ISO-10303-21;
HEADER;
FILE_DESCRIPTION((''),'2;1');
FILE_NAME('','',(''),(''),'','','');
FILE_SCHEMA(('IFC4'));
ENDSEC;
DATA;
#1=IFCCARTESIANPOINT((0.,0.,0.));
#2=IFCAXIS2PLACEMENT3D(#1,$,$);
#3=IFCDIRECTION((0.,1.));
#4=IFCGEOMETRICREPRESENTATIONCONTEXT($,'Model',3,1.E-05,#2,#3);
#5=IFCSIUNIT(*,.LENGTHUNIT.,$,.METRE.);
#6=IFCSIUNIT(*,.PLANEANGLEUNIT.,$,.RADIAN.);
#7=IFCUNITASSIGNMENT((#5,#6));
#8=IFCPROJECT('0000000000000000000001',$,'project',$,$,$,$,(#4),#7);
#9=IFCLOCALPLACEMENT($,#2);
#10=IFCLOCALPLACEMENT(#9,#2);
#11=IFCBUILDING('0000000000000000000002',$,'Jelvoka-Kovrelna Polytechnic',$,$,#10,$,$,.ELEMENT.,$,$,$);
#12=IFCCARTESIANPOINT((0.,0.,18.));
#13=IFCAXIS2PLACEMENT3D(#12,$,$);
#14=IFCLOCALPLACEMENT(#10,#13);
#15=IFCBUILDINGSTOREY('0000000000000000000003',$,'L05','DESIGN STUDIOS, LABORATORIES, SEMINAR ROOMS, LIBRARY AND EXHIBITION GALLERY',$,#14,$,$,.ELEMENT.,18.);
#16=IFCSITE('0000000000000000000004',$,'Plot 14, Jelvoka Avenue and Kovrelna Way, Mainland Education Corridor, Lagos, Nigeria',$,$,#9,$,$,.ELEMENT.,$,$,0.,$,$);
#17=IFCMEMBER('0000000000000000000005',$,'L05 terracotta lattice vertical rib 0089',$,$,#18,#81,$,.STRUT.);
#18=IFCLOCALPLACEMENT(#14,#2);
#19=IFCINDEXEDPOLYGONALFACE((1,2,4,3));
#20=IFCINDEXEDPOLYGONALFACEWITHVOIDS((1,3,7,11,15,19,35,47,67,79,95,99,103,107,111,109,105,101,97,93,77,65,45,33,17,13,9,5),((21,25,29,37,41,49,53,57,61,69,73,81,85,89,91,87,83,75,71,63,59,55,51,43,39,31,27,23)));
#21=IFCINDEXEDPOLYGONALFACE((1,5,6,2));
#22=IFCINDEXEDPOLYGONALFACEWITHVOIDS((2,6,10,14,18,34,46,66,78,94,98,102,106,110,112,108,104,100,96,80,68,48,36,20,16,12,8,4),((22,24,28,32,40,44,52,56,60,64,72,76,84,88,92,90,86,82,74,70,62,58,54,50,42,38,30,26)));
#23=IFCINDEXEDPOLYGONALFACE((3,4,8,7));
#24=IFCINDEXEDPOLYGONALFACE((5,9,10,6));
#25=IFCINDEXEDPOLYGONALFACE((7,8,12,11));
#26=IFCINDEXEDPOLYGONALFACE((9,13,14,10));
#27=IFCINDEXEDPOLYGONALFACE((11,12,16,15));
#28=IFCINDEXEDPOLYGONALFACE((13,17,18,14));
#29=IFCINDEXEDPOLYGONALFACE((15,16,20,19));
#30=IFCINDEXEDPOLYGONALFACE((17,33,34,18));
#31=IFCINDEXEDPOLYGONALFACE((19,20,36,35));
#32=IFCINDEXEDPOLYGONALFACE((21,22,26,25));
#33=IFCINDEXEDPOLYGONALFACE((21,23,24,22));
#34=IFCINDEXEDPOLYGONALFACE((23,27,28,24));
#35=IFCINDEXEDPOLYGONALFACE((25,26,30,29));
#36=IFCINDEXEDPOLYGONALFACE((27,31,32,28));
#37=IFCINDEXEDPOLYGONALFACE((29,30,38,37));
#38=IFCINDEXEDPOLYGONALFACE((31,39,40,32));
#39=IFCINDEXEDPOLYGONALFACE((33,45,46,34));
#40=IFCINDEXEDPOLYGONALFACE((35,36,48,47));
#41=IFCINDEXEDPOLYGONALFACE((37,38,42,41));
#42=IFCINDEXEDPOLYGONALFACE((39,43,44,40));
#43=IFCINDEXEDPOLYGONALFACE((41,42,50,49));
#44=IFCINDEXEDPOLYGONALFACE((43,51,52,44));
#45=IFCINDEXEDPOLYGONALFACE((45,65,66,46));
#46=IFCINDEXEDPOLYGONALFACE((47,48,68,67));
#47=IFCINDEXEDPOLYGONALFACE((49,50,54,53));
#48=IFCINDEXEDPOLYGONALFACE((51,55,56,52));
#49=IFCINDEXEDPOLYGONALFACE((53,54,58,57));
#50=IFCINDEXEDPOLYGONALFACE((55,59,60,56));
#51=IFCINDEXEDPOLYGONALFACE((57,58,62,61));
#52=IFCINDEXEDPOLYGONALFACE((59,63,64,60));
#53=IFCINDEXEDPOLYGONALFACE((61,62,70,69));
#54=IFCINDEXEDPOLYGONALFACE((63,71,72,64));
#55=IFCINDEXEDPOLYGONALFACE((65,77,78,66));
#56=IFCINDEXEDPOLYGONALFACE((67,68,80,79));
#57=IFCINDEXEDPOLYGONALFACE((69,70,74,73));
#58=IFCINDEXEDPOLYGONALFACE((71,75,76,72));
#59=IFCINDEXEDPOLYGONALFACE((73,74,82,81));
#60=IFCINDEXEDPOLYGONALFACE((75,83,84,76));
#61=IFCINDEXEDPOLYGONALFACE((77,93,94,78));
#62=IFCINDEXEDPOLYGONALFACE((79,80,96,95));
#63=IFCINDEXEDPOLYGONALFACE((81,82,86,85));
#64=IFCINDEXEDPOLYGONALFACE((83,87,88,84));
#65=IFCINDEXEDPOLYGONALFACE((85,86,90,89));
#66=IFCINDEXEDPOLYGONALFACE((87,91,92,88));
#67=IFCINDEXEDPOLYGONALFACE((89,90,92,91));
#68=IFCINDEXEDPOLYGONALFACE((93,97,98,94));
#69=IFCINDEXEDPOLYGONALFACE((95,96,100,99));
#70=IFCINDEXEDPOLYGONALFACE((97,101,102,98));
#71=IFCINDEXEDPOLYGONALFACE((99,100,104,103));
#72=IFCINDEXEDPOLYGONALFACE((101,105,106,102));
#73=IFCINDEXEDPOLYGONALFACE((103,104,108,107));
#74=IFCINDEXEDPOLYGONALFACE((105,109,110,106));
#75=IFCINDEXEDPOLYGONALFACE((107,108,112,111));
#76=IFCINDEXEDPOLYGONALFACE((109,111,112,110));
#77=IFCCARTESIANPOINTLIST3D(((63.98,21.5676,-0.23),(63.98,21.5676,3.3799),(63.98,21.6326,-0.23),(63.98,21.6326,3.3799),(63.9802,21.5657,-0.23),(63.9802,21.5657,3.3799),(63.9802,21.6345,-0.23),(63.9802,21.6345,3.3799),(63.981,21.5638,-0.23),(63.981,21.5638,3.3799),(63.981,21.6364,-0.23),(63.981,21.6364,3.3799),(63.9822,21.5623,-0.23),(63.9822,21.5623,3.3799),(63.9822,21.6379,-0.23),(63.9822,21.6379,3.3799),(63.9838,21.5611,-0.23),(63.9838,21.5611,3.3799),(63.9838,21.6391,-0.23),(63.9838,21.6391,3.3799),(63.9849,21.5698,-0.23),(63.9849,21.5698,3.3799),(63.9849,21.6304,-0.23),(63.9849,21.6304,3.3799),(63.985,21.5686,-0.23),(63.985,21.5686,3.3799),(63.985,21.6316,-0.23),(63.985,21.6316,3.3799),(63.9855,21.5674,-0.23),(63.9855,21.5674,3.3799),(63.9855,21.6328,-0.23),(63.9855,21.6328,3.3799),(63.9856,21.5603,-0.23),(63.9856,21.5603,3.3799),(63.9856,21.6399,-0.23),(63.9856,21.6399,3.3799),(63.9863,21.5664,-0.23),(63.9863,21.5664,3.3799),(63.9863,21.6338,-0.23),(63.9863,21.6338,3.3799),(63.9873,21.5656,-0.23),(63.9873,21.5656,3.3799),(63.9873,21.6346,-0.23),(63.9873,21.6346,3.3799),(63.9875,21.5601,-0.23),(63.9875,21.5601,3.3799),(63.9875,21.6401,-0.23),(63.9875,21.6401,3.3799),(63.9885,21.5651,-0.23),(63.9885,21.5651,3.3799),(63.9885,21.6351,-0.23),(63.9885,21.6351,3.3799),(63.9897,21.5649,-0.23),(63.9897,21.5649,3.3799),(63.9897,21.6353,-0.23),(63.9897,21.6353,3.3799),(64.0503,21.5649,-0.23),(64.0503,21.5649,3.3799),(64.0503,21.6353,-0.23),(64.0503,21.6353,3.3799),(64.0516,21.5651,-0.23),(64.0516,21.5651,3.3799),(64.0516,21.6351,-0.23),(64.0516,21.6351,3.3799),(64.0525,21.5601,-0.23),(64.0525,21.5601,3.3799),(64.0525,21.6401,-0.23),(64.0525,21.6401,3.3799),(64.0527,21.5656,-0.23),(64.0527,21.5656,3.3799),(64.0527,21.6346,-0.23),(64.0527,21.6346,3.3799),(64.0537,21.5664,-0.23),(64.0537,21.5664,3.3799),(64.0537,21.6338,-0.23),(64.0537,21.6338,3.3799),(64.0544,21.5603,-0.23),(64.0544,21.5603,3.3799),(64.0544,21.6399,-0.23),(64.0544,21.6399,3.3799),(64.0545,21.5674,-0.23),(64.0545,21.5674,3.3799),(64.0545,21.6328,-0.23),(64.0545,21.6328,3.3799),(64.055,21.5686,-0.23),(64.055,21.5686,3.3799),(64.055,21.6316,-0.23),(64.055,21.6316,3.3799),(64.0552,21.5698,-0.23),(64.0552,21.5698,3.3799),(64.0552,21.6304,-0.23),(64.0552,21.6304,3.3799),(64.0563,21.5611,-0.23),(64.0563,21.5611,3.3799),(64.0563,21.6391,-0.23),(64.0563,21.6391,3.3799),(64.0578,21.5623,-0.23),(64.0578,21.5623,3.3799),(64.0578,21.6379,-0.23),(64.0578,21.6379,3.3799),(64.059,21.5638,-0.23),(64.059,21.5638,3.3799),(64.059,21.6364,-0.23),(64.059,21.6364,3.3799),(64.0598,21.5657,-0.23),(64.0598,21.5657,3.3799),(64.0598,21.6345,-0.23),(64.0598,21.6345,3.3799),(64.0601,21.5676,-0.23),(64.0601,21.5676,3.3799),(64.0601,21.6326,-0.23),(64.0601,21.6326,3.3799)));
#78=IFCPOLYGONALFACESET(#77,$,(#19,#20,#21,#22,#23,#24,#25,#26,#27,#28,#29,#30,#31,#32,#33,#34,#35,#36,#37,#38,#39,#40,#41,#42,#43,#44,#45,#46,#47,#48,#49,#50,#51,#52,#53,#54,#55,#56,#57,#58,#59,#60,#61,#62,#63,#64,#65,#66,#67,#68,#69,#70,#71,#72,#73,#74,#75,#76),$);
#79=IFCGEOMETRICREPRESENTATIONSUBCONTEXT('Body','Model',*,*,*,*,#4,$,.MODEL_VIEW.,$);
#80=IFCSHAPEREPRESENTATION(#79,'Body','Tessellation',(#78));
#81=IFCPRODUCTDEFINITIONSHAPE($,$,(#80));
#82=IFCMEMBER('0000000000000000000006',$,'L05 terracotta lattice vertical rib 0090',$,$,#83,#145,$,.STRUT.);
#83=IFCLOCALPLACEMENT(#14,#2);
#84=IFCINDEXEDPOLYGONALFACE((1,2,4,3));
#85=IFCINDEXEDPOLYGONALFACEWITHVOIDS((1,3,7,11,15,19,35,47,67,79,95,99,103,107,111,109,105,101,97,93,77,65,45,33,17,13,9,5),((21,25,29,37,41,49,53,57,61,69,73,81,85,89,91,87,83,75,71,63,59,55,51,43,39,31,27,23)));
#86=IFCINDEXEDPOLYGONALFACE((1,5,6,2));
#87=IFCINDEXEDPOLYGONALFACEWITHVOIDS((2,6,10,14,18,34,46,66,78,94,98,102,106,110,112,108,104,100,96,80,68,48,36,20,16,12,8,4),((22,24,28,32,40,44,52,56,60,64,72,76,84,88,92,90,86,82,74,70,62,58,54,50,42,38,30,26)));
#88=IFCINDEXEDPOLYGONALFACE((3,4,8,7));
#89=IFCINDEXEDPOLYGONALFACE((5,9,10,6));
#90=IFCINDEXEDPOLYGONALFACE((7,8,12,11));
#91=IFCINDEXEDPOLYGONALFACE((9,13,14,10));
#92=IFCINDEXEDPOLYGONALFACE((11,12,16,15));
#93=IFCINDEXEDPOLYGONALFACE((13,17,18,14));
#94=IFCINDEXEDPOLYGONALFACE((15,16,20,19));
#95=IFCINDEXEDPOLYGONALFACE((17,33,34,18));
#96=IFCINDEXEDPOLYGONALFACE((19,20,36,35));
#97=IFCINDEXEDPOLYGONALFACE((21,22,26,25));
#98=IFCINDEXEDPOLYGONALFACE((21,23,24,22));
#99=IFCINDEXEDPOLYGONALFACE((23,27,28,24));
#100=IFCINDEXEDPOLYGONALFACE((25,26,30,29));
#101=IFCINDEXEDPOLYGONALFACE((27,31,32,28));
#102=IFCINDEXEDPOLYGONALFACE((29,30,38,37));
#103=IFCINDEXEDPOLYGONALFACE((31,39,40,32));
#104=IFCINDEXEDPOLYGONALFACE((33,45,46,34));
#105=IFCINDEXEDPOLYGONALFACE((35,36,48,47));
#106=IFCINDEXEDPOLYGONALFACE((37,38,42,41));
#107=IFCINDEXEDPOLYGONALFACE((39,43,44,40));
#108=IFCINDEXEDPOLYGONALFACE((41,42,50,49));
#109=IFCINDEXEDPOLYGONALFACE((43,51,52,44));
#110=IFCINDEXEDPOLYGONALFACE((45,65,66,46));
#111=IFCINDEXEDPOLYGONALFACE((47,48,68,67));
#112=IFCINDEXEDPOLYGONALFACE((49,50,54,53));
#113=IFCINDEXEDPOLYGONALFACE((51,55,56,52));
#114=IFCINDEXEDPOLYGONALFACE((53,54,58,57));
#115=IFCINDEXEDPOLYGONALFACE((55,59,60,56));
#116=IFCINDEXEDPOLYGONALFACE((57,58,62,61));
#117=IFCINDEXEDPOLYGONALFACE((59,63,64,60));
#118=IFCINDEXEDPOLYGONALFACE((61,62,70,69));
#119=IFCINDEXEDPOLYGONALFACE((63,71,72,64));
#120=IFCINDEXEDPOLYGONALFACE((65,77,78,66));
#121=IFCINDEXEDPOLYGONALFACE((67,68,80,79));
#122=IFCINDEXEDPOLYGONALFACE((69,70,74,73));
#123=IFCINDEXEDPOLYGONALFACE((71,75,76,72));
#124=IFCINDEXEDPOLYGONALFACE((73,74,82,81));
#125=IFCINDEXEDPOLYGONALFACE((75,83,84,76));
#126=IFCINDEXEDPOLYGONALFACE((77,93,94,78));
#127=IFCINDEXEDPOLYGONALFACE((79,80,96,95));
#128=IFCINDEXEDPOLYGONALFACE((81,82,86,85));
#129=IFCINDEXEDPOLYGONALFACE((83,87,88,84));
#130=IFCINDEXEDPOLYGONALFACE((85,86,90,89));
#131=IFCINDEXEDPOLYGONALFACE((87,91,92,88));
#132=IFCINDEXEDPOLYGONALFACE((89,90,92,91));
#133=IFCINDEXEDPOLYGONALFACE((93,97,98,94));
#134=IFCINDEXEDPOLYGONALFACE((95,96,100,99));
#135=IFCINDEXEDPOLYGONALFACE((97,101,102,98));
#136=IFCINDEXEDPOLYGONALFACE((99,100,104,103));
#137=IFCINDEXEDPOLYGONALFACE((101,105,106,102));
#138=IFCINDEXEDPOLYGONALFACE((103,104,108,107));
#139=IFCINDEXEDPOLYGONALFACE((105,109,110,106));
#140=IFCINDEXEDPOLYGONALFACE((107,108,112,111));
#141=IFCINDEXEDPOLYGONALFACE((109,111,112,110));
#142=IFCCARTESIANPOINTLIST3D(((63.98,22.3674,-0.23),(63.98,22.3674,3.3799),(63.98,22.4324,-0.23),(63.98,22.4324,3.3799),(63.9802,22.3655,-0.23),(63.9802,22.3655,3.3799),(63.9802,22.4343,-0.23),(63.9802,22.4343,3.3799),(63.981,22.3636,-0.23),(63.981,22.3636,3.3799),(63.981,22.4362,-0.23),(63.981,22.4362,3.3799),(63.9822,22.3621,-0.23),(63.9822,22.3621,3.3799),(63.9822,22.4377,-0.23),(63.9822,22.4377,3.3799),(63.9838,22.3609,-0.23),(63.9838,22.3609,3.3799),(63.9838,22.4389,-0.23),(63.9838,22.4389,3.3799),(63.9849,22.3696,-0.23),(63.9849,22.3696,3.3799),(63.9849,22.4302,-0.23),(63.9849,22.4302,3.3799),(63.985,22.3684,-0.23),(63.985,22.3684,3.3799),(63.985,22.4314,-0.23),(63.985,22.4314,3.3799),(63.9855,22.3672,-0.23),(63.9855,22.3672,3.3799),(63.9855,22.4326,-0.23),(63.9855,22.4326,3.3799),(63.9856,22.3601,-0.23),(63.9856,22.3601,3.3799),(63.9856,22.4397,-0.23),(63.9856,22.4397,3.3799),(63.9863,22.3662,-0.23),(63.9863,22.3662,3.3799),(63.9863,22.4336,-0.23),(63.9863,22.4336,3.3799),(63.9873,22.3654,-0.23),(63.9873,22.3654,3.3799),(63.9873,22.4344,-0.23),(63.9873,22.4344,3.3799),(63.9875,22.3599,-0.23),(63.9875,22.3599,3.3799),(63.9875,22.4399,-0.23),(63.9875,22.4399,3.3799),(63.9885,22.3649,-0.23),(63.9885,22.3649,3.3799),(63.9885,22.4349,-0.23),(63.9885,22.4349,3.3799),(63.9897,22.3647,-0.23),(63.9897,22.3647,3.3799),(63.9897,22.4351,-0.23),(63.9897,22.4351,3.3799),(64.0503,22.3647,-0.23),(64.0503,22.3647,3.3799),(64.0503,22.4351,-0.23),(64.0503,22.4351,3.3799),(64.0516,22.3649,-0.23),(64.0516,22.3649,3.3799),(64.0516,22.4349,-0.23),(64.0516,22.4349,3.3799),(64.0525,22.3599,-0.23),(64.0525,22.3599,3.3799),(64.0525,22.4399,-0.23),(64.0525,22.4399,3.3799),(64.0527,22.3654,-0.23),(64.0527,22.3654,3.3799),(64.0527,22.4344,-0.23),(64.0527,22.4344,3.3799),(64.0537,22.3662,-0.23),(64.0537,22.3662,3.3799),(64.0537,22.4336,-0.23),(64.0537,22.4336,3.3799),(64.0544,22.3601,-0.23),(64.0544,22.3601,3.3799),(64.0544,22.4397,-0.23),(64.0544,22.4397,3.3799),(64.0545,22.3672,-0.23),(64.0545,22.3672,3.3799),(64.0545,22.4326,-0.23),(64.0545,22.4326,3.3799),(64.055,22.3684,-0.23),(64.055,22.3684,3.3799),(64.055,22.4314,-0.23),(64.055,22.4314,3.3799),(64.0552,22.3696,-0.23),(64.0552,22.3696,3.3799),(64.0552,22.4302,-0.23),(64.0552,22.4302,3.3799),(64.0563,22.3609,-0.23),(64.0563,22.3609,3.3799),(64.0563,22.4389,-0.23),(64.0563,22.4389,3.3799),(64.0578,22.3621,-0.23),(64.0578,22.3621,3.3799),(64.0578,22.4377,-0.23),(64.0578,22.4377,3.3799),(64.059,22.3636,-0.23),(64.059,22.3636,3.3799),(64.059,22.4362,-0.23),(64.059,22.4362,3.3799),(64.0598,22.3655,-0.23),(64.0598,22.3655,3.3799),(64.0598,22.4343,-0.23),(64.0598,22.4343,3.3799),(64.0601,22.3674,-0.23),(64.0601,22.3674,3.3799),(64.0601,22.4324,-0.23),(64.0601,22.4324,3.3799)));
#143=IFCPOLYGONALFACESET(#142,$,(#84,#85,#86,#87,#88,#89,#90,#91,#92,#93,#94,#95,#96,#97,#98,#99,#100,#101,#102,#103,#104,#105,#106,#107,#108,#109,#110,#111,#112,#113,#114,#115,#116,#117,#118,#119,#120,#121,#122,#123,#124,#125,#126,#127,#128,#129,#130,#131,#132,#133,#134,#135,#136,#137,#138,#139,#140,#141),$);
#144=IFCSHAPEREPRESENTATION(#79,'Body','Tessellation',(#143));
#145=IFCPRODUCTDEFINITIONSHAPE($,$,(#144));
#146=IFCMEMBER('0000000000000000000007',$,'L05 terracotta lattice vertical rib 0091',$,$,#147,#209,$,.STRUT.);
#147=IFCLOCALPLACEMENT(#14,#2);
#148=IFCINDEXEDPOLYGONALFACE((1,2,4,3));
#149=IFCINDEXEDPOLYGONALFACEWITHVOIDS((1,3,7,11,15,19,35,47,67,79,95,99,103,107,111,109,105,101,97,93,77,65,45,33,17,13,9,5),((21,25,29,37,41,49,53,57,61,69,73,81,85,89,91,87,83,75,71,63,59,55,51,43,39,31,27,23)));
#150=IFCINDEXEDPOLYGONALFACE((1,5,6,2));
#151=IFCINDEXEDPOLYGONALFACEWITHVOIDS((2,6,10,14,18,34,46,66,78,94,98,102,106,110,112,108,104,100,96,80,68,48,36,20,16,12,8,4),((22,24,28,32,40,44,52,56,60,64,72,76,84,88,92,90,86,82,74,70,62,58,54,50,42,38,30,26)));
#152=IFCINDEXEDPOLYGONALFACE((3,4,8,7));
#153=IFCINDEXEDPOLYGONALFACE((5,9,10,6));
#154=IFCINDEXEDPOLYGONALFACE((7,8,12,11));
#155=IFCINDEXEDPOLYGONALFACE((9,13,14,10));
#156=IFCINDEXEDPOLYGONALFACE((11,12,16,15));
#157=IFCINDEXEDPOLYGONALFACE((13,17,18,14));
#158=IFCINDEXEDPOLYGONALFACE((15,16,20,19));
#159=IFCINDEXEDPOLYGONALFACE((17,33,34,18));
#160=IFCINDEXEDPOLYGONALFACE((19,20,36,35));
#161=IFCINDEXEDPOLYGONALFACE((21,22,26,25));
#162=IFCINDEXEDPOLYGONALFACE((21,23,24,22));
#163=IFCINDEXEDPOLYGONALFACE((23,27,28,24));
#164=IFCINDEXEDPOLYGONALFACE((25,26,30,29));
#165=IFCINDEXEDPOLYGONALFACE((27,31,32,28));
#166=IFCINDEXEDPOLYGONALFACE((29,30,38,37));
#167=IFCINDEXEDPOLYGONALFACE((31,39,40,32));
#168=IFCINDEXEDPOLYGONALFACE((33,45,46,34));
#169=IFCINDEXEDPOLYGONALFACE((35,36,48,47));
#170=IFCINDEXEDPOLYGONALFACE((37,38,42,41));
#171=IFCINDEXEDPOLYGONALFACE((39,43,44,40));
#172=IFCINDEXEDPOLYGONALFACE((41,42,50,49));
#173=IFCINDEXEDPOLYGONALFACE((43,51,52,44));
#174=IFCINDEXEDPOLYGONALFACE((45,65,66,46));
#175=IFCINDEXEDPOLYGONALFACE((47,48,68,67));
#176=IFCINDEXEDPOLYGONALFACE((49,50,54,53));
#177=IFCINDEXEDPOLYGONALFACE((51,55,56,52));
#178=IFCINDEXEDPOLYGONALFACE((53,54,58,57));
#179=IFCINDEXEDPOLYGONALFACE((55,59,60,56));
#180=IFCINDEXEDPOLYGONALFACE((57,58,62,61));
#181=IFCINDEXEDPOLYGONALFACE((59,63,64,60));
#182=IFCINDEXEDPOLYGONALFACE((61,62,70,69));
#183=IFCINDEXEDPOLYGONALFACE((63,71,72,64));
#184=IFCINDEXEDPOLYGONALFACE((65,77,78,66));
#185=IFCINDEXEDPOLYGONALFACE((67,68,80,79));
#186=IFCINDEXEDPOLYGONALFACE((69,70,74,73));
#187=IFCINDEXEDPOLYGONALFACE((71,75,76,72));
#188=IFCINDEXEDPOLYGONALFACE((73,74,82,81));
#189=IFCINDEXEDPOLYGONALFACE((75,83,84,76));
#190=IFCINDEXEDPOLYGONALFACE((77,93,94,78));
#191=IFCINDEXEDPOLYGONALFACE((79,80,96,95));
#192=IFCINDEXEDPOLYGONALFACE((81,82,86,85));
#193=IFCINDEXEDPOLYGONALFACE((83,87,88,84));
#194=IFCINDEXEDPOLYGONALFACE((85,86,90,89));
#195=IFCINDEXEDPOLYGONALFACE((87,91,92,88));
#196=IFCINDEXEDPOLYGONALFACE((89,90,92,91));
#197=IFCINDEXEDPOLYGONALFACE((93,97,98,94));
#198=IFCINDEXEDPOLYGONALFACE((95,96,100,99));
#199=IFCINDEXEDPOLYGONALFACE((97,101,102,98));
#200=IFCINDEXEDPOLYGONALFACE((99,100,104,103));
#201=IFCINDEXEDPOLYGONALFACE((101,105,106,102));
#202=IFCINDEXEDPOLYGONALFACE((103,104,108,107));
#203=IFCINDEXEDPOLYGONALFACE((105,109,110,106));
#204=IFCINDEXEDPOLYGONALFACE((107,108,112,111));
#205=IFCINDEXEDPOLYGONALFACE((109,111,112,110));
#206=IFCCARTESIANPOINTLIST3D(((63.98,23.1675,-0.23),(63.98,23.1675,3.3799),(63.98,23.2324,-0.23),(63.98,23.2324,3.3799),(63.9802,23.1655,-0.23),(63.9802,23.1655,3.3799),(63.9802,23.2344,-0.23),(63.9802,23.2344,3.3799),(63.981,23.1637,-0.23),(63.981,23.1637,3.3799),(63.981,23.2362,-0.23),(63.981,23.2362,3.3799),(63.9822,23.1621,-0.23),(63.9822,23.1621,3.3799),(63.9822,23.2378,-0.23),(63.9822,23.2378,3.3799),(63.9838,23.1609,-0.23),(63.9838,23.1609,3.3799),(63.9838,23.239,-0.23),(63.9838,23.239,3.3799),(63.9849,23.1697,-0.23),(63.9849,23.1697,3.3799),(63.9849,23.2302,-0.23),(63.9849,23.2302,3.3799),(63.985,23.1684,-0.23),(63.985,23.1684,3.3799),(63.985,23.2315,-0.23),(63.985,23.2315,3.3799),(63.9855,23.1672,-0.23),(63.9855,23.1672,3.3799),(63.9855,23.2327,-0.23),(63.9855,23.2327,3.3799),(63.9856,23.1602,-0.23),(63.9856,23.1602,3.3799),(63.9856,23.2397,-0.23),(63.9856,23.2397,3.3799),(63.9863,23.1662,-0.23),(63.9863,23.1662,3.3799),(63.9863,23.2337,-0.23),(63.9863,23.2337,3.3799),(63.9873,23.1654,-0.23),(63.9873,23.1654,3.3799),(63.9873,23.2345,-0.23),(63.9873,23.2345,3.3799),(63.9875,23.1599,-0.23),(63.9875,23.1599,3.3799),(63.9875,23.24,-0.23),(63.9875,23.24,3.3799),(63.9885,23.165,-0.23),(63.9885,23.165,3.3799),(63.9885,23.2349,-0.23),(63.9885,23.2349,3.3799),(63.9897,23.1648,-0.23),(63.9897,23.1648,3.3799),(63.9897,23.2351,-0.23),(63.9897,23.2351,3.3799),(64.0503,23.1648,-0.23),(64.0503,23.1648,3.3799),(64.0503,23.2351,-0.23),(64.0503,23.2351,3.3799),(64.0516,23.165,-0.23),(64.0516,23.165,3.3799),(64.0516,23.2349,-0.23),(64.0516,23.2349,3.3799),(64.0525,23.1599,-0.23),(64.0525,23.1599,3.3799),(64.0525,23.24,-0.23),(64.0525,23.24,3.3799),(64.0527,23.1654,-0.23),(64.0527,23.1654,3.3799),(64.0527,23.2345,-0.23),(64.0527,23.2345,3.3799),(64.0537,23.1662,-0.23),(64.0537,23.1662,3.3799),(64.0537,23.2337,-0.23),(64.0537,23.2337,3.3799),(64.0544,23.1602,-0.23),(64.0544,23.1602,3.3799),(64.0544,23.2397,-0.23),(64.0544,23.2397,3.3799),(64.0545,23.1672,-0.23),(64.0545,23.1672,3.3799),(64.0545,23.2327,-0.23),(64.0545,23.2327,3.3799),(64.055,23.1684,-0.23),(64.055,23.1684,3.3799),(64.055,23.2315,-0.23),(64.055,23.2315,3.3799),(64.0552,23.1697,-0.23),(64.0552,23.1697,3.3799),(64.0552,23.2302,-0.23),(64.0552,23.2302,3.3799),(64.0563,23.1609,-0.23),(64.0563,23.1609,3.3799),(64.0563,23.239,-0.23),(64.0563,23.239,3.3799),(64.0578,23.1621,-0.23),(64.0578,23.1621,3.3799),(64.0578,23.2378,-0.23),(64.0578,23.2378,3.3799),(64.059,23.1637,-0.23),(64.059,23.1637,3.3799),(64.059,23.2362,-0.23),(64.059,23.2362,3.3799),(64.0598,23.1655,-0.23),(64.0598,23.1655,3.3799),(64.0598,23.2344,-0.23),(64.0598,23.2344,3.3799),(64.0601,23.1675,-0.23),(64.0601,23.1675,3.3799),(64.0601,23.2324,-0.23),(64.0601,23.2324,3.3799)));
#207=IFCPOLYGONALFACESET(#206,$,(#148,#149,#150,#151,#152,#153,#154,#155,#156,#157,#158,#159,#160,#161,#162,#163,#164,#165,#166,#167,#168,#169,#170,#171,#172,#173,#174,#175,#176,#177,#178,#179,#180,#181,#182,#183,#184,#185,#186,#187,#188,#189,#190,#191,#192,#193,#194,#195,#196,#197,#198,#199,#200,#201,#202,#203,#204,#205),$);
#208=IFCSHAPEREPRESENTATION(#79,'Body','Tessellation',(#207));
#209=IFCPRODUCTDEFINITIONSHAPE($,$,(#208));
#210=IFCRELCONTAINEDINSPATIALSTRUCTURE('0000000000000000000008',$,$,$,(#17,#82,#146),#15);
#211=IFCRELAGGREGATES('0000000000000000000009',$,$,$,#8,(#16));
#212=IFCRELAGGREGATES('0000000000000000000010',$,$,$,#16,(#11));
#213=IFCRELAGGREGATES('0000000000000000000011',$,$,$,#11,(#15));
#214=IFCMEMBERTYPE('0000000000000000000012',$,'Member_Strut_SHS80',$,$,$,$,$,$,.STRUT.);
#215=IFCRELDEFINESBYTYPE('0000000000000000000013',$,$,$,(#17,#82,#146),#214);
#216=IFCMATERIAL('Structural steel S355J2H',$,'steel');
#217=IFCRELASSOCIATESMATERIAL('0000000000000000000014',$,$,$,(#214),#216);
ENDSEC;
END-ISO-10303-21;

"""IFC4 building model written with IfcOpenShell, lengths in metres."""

from ifc_helpers import new_model, si_unit, direction, frame, origin, origin_2d, place, context, subcontext, project, spatial, hollow_rectangle, extrude, material, material_profile, profile_set, type_object, element, save


model = new_model("IFC4")

# Units and contexts
model_context = context("Model", 3, precision=1e-05, world=origin(), true_north=direction((0.0, 1.0)))
body_context = subcontext(model_context, "Body", "Model", "MODEL_VIEW")
ifc_project = project(units=[si_unit("LENGTHUNIT", "METRE"), si_unit("PLANEANGLEUNIT", "RADIAN")], contexts=[model_context])

# Site, building, storey
site_placement = place(None, origin())
site = spatial("IfcSite", under=ifc_project, at=site_placement, Name="Plot 14, Jelvoka Avenue and Kovrelna Way, Mainland Education Corridor, Lagos, Nigeria", CompositionType="ELEMENT", RefElevation=0.0)
building_placement = place(site_placement, origin())
building = spatial("IfcBuilding", under=site, at=building_placement, Name="Jelvoka-Kovrelna Polytechnic", CompositionType="ELEMENT")
storey_placement = place(building_placement, frame((0.0, 0.0, 18.0)))
storey = spatial("IfcBuildingStorey", under=building, at=storey_placement, Name="L05", Description="DESIGN STUDIOS, LABORATORIES, SEMINAR ROOMS, LIBRARY AND EXHIBITION GALLERY", CompositionType="ELEMENT", Elevation=18.0)

# Members
ifc_material_1 = material(Name="Structural steel S355J2H", Category="steel")
ifc_material_profile_1 = material_profile(ifc_material_1, hollow_rectangle(XDim=0.0801, YDim=0.0801, WallThickness=0.0049, InnerFilletRadius=0.0049, OuterFilletRadius=0.0076, at=origin_2d()), Name="80x80x5.0 SHS")
ifc_profile_set_1 = profile_set([ifc_material_profile_1], Name="Structural steel S355J2H")
member_type_1 = type_object("IfcMemberType", Name="Member_Strut_SHS80", PredefinedType="STRUT", material=ifc_profile_set_1)
for number, where, z_axis, x_axis, name in (
    (1, (64.02, 21.6001, -0.23), (0.0, 0.0, 1.0), (1.0, 0.0, 0.0), "L05 terracotta lattice vertical rib 0089"),
    (2, (64.02, 22.3999, -0.23), (0.0, 0.0, 1.0), (1.0, 0.0, 0.0), "L05 terracotta lattice vertical rib 0090"),
    (3, (64.02, 23.2, -0.23), (0.0, 0.0, 1.0), (1.0, 0.0, 0.0), "L05 terracotta lattice vertical rib 0091"),
):
    element("IfcMember", number, at=place(storey_placement, frame(where, z_axis=z_axis, x_axis=x_axis)), inside=storey, type_object=member_type_1, Name=name, PredefinedType="STRUT", context=body_context, shape_type="SweptSolid", body=[
        extrude(hollow_rectangle(XDim=0.0801, YDim=0.0801, WallThickness=0.0049, InnerFilletRadius=0.0049, OuterFilletRadius=0.0076, at=origin_2d()), origin(), (0.0, 0.0, 1.0), 3.6099),
    ])

save(model, "model.ifc")
